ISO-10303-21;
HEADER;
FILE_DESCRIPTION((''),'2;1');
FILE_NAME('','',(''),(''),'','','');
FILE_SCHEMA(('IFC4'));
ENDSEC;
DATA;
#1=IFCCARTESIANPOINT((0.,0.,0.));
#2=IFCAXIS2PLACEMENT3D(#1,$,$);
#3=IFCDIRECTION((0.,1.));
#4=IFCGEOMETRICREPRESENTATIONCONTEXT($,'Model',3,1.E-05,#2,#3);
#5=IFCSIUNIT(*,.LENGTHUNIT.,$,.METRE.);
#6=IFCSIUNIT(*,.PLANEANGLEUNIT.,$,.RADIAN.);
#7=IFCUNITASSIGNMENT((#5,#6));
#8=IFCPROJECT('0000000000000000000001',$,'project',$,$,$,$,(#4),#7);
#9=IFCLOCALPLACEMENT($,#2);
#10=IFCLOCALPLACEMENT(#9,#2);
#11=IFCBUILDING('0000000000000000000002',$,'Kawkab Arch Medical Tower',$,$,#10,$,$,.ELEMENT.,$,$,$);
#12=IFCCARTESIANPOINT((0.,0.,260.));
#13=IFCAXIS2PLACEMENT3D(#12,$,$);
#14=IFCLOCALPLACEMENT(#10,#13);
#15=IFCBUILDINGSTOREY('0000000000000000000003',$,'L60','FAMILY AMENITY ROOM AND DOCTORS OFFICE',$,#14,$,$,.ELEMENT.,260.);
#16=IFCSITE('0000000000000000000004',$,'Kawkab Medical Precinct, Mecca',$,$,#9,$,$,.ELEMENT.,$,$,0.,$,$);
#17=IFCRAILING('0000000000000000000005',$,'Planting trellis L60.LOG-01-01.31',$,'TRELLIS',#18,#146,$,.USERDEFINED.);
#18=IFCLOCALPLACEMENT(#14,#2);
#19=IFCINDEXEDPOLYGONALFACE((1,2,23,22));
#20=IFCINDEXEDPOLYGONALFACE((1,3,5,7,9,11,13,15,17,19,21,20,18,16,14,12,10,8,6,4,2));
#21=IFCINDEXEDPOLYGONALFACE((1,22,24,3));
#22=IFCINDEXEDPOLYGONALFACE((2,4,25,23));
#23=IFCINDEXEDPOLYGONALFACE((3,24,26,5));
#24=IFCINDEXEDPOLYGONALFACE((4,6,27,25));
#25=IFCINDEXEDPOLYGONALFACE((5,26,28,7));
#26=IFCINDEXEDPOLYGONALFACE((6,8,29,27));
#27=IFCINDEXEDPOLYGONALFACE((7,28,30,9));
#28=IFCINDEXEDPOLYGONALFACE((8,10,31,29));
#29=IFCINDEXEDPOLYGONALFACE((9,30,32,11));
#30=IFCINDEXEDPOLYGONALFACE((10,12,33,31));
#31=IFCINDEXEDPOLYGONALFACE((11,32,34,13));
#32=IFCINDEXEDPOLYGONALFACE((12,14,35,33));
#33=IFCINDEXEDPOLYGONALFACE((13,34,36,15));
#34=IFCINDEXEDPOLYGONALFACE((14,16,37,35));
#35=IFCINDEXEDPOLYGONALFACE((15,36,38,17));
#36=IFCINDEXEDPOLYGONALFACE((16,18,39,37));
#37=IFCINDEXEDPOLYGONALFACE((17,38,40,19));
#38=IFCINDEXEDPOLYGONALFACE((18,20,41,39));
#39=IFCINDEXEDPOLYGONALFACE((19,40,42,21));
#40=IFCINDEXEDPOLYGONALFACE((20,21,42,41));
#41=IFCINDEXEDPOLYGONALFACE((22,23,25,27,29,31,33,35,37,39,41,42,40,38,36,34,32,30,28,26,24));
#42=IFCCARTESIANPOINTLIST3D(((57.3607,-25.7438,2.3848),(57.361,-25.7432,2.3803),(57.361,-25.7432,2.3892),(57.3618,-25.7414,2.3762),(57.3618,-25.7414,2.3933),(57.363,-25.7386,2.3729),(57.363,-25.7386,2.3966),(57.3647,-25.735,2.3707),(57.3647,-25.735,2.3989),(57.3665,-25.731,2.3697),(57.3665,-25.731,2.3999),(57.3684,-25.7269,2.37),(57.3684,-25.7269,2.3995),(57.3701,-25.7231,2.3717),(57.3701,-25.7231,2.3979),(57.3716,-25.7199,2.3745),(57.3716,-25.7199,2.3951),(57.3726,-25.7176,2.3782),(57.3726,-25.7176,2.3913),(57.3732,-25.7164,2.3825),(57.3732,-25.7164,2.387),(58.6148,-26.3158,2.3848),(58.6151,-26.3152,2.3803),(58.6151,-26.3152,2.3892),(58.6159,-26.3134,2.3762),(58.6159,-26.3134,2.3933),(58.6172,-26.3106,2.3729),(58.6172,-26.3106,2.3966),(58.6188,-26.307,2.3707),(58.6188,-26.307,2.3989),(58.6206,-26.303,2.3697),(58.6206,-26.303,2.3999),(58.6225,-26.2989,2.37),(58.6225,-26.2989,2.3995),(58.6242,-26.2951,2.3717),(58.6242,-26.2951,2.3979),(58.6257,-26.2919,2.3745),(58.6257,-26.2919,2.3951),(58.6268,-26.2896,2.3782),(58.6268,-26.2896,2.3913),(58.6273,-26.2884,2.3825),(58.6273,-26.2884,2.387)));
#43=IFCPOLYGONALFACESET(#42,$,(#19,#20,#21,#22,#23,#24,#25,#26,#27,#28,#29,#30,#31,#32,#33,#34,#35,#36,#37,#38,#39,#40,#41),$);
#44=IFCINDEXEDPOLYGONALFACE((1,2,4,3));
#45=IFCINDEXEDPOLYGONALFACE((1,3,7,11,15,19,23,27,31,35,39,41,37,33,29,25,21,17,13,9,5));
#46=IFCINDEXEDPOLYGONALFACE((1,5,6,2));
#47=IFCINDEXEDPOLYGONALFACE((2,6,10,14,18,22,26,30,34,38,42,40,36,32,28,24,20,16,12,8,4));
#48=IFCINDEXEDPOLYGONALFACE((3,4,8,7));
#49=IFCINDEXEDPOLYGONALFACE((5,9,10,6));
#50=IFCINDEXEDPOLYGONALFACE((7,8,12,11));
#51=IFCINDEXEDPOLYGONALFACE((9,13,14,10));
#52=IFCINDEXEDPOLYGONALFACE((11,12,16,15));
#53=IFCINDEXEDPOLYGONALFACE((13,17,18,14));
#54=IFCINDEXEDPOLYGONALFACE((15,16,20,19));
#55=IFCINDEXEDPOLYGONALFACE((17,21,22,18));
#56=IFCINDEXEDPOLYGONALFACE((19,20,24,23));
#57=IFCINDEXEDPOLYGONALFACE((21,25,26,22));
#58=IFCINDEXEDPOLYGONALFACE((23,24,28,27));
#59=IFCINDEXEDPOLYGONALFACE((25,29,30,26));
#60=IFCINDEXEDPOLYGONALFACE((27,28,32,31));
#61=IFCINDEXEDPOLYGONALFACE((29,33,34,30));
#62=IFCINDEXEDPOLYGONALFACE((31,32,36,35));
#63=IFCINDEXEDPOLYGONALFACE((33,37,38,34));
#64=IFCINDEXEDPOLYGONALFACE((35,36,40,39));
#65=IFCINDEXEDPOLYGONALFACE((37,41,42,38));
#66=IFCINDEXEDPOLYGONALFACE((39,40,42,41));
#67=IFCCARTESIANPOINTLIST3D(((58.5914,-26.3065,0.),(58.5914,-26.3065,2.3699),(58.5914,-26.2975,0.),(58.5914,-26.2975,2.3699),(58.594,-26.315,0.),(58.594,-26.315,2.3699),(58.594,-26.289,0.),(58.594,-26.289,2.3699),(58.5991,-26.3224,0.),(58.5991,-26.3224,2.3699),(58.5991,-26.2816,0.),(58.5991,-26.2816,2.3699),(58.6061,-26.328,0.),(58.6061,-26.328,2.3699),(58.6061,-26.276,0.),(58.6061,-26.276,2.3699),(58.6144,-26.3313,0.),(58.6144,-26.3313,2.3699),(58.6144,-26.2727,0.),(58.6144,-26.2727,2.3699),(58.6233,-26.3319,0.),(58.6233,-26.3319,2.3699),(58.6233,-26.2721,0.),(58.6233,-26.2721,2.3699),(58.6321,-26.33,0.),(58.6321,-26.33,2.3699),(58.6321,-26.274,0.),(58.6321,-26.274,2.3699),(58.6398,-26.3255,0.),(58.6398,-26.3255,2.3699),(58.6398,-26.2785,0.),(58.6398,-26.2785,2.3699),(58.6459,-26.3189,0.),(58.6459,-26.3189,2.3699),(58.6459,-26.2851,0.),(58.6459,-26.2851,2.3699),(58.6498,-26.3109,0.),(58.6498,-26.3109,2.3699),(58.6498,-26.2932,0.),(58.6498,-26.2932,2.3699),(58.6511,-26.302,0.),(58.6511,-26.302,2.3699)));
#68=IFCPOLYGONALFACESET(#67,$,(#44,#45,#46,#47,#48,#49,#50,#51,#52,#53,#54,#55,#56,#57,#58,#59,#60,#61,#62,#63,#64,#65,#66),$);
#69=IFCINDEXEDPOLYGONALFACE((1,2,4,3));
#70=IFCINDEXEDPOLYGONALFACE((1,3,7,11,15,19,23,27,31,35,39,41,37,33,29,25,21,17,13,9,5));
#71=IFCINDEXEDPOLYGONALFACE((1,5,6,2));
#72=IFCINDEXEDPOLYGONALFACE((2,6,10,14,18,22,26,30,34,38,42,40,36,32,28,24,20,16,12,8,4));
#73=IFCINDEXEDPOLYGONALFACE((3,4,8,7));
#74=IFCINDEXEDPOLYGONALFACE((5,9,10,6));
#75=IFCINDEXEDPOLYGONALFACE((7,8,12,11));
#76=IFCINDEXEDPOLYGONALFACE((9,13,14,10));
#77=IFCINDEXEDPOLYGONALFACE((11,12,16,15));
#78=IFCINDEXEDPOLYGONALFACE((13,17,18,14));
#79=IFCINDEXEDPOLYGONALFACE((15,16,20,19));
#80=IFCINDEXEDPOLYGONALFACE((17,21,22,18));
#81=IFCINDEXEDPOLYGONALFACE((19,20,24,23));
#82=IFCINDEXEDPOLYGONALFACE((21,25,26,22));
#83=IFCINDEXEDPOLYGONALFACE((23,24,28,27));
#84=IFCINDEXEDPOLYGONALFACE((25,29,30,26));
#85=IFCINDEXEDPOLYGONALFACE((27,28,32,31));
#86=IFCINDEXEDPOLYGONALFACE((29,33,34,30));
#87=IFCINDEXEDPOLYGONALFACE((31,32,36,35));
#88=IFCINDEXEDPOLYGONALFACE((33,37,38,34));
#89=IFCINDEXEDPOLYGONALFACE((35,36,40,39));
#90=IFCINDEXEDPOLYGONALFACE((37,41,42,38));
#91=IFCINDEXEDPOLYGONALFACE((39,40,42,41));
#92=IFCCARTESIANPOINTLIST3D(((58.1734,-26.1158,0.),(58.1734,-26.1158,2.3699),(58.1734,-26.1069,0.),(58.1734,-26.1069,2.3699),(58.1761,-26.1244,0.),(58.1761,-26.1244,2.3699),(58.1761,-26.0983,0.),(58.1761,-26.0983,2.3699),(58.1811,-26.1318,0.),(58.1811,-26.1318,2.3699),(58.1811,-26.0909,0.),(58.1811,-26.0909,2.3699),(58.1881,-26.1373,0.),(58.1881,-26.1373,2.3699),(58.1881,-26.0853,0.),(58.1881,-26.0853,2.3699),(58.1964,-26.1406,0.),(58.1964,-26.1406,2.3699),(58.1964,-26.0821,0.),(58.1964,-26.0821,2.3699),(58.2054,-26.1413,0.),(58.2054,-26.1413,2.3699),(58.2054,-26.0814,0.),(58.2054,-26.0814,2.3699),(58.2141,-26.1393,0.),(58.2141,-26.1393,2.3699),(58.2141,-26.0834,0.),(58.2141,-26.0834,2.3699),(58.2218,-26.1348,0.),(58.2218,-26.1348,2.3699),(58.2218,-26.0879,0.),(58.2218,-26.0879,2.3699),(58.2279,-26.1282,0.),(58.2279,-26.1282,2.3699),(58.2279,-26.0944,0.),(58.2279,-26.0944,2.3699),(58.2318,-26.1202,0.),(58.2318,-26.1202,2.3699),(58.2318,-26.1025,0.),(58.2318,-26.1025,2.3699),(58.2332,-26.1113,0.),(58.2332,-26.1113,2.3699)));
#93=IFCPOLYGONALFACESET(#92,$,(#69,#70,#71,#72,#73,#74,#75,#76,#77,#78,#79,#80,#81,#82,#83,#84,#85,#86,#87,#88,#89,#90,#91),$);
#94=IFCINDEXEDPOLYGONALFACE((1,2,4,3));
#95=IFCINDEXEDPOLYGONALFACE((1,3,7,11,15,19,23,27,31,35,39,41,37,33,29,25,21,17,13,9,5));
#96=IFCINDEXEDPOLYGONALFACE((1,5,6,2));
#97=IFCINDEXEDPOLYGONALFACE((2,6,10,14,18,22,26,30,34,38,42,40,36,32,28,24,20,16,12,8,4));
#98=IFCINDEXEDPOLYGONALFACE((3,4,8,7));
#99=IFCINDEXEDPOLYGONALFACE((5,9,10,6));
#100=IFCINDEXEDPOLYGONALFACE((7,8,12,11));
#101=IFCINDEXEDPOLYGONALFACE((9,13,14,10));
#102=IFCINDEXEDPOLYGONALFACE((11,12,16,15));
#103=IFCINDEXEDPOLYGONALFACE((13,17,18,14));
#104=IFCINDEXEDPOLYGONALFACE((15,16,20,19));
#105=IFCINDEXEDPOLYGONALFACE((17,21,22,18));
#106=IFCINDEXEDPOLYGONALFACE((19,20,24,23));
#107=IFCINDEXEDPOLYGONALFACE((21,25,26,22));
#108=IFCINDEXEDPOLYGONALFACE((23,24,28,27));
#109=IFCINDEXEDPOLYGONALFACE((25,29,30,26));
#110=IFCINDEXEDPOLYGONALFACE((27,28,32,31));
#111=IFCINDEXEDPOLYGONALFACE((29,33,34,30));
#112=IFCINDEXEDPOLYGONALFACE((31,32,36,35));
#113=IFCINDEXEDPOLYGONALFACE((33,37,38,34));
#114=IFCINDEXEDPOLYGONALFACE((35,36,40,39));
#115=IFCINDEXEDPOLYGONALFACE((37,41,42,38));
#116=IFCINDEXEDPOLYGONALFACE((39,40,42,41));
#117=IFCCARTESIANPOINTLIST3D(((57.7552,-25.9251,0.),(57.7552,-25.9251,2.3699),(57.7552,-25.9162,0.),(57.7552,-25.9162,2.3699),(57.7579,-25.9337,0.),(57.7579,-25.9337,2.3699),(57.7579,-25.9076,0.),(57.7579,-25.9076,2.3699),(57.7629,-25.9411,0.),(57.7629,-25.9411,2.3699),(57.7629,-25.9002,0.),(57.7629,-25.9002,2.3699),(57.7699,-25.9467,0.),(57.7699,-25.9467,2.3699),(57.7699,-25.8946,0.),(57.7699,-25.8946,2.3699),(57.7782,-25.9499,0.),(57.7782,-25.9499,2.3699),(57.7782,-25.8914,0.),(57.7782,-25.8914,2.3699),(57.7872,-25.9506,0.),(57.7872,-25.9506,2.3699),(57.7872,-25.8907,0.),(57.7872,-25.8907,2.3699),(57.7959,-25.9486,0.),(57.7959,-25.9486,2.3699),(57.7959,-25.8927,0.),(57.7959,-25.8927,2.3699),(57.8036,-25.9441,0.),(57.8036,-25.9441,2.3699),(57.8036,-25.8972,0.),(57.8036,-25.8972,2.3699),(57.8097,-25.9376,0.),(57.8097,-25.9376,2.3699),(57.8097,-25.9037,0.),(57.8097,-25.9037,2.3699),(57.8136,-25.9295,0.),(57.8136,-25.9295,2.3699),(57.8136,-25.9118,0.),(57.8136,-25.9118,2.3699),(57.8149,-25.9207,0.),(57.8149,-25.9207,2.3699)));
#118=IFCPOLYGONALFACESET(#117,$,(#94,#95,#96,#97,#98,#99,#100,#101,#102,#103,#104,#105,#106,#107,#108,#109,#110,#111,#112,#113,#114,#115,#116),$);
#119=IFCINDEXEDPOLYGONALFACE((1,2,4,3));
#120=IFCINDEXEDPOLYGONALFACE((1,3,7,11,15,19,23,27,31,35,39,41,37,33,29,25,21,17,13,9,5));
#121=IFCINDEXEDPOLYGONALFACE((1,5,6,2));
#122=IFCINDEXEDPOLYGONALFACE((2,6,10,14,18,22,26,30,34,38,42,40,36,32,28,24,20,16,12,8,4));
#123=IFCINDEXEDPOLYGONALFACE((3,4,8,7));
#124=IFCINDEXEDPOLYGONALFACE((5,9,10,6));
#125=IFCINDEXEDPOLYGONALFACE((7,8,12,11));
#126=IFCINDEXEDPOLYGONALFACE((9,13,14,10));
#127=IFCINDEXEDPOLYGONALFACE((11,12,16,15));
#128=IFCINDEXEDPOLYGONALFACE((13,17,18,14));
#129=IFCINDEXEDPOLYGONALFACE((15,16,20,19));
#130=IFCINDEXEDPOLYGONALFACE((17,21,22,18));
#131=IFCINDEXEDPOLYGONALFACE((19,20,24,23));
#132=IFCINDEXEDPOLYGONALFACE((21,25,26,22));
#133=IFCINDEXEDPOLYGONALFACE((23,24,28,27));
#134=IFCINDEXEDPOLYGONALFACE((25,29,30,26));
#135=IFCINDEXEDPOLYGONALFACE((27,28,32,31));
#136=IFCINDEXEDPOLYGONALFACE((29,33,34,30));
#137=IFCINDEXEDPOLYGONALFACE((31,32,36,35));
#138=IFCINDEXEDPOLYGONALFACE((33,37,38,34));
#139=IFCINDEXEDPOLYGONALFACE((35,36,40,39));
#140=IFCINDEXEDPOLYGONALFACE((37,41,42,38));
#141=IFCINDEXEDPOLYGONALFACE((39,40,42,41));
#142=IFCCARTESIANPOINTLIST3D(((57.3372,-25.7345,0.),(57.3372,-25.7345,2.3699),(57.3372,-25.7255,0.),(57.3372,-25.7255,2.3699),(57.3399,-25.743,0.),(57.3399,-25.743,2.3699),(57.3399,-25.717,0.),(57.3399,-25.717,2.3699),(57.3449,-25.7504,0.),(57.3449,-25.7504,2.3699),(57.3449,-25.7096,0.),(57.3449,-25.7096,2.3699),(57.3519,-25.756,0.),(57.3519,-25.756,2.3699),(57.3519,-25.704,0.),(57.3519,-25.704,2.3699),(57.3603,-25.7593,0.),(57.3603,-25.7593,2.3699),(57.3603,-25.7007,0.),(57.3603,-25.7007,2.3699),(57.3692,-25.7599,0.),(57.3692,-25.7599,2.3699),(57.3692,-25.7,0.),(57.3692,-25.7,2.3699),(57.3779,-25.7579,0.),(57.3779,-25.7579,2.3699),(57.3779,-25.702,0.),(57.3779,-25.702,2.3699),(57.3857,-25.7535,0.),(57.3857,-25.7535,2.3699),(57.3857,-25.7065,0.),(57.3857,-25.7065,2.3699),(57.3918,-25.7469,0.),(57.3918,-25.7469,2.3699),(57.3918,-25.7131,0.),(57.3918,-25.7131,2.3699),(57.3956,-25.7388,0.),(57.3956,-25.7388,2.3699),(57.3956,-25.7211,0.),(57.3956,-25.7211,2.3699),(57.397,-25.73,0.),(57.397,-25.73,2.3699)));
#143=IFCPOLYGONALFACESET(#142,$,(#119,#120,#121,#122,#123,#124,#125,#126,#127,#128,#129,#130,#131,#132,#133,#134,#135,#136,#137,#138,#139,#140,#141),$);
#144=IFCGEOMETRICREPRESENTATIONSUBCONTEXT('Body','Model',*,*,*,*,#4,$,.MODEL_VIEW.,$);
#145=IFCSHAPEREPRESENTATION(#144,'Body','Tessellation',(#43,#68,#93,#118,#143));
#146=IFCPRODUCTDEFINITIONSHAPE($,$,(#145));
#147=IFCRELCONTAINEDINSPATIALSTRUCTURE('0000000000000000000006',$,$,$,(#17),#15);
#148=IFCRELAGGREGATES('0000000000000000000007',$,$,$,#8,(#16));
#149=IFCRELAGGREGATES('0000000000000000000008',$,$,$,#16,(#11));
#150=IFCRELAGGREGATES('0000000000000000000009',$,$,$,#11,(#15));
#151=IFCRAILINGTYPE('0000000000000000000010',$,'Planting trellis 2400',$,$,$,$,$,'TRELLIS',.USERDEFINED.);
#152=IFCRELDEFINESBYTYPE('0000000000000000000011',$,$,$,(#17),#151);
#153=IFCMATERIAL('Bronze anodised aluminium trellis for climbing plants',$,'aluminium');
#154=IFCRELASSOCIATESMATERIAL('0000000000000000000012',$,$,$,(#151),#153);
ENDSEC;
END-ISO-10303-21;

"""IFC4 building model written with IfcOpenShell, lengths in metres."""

from ifc_helpers import new_model, si_unit, direction, frame, origin, origin_2d, place, context, subcontext, project, spatial, circle, extrude, material, type_object, element, save


model = new_model("IFC4")

# Units and contexts
model_context = context("Model", 3, precision=1e-05, world=origin(), true_north=direction((0.0, 1.0)))
body_context = subcontext(model_context, "Body", "Model", "MODEL_VIEW")
ifc_project = project(units=[si_unit("LENGTHUNIT", "METRE"), si_unit("PLANEANGLEUNIT", "RADIAN")], contexts=[model_context])

# Site, building, storey
site_placement = place(None, origin())
site = spatial("IfcSite", under=ifc_project, at=site_placement, Name="Kawkab Medical Precinct, Mecca", CompositionType="ELEMENT", RefElevation=0.0)
building_placement = place(site_placement, origin())
building = spatial("IfcBuilding", under=site, at=building_placement, Name="Kawkab Arch Medical Tower", CompositionType="ELEMENT")
storey_placement = place(building_placement, frame((0.0, 0.0, 260.0)))
storey = spatial("IfcBuildingStorey", under=building, at=storey_placement, Name="L60", Description="FAMILY AMENITY ROOM AND DOCTORS OFFICE", CompositionType="ELEMENT", Elevation=260.0)

# Railing
ifc_material_1 = material(Name="Bronze anodised aluminium trellis for climbing plants", Category="aluminium")
railing_type = type_object("IfcRailingType", Name="Planting trellis 2400", ElementType="TRELLIS", PredefinedType="USERDEFINED", material=ifc_material_1)
railing_1_placement = place(storey_placement, frame((58.6211, -26.302, 0.0)))
element("IfcRailing", 1, at=railing_1_placement, inside=storey, type_object=railing_type, Name="Planting trellis L60.LOG-01-01.31", ObjectType="TRELLIS", PredefinedType="USERDEFINED", context=body_context, shape_type="SweptSolid", body=[
    extrude(circle(Radius=0.0151, at=origin_2d()), frame((0.0, 0.0, 2.3848), z_axis=(-0.909832, 0.414977, 0.0), x_axis=(-0.414977, -0.909832, 0.0)), (0.0, 0.0, 1.0), 1.3784),
    extrude(circle(Radius=0.03, at=origin_2d()), origin(), (0.0, 0.0, 1.0), 2.3699),
    extrude(circle(Radius=0.03, at=origin_2d()), frame((-0.418, 0.1907, 0.0)), (0.0, 0.0, 1.0), 2.3699),
    extrude(circle(Radius=0.03, at=origin_2d()), frame((-0.8362, 0.3813, 0.0)), (0.0, 0.0, 1.0), 2.3699),
    extrude(circle(Radius=0.03, at=origin_2d()), frame((-1.2542, 0.572, 0.0)), (0.0, 0.0, 1.0), 2.3699),
])

save(model, "model.ifc")
